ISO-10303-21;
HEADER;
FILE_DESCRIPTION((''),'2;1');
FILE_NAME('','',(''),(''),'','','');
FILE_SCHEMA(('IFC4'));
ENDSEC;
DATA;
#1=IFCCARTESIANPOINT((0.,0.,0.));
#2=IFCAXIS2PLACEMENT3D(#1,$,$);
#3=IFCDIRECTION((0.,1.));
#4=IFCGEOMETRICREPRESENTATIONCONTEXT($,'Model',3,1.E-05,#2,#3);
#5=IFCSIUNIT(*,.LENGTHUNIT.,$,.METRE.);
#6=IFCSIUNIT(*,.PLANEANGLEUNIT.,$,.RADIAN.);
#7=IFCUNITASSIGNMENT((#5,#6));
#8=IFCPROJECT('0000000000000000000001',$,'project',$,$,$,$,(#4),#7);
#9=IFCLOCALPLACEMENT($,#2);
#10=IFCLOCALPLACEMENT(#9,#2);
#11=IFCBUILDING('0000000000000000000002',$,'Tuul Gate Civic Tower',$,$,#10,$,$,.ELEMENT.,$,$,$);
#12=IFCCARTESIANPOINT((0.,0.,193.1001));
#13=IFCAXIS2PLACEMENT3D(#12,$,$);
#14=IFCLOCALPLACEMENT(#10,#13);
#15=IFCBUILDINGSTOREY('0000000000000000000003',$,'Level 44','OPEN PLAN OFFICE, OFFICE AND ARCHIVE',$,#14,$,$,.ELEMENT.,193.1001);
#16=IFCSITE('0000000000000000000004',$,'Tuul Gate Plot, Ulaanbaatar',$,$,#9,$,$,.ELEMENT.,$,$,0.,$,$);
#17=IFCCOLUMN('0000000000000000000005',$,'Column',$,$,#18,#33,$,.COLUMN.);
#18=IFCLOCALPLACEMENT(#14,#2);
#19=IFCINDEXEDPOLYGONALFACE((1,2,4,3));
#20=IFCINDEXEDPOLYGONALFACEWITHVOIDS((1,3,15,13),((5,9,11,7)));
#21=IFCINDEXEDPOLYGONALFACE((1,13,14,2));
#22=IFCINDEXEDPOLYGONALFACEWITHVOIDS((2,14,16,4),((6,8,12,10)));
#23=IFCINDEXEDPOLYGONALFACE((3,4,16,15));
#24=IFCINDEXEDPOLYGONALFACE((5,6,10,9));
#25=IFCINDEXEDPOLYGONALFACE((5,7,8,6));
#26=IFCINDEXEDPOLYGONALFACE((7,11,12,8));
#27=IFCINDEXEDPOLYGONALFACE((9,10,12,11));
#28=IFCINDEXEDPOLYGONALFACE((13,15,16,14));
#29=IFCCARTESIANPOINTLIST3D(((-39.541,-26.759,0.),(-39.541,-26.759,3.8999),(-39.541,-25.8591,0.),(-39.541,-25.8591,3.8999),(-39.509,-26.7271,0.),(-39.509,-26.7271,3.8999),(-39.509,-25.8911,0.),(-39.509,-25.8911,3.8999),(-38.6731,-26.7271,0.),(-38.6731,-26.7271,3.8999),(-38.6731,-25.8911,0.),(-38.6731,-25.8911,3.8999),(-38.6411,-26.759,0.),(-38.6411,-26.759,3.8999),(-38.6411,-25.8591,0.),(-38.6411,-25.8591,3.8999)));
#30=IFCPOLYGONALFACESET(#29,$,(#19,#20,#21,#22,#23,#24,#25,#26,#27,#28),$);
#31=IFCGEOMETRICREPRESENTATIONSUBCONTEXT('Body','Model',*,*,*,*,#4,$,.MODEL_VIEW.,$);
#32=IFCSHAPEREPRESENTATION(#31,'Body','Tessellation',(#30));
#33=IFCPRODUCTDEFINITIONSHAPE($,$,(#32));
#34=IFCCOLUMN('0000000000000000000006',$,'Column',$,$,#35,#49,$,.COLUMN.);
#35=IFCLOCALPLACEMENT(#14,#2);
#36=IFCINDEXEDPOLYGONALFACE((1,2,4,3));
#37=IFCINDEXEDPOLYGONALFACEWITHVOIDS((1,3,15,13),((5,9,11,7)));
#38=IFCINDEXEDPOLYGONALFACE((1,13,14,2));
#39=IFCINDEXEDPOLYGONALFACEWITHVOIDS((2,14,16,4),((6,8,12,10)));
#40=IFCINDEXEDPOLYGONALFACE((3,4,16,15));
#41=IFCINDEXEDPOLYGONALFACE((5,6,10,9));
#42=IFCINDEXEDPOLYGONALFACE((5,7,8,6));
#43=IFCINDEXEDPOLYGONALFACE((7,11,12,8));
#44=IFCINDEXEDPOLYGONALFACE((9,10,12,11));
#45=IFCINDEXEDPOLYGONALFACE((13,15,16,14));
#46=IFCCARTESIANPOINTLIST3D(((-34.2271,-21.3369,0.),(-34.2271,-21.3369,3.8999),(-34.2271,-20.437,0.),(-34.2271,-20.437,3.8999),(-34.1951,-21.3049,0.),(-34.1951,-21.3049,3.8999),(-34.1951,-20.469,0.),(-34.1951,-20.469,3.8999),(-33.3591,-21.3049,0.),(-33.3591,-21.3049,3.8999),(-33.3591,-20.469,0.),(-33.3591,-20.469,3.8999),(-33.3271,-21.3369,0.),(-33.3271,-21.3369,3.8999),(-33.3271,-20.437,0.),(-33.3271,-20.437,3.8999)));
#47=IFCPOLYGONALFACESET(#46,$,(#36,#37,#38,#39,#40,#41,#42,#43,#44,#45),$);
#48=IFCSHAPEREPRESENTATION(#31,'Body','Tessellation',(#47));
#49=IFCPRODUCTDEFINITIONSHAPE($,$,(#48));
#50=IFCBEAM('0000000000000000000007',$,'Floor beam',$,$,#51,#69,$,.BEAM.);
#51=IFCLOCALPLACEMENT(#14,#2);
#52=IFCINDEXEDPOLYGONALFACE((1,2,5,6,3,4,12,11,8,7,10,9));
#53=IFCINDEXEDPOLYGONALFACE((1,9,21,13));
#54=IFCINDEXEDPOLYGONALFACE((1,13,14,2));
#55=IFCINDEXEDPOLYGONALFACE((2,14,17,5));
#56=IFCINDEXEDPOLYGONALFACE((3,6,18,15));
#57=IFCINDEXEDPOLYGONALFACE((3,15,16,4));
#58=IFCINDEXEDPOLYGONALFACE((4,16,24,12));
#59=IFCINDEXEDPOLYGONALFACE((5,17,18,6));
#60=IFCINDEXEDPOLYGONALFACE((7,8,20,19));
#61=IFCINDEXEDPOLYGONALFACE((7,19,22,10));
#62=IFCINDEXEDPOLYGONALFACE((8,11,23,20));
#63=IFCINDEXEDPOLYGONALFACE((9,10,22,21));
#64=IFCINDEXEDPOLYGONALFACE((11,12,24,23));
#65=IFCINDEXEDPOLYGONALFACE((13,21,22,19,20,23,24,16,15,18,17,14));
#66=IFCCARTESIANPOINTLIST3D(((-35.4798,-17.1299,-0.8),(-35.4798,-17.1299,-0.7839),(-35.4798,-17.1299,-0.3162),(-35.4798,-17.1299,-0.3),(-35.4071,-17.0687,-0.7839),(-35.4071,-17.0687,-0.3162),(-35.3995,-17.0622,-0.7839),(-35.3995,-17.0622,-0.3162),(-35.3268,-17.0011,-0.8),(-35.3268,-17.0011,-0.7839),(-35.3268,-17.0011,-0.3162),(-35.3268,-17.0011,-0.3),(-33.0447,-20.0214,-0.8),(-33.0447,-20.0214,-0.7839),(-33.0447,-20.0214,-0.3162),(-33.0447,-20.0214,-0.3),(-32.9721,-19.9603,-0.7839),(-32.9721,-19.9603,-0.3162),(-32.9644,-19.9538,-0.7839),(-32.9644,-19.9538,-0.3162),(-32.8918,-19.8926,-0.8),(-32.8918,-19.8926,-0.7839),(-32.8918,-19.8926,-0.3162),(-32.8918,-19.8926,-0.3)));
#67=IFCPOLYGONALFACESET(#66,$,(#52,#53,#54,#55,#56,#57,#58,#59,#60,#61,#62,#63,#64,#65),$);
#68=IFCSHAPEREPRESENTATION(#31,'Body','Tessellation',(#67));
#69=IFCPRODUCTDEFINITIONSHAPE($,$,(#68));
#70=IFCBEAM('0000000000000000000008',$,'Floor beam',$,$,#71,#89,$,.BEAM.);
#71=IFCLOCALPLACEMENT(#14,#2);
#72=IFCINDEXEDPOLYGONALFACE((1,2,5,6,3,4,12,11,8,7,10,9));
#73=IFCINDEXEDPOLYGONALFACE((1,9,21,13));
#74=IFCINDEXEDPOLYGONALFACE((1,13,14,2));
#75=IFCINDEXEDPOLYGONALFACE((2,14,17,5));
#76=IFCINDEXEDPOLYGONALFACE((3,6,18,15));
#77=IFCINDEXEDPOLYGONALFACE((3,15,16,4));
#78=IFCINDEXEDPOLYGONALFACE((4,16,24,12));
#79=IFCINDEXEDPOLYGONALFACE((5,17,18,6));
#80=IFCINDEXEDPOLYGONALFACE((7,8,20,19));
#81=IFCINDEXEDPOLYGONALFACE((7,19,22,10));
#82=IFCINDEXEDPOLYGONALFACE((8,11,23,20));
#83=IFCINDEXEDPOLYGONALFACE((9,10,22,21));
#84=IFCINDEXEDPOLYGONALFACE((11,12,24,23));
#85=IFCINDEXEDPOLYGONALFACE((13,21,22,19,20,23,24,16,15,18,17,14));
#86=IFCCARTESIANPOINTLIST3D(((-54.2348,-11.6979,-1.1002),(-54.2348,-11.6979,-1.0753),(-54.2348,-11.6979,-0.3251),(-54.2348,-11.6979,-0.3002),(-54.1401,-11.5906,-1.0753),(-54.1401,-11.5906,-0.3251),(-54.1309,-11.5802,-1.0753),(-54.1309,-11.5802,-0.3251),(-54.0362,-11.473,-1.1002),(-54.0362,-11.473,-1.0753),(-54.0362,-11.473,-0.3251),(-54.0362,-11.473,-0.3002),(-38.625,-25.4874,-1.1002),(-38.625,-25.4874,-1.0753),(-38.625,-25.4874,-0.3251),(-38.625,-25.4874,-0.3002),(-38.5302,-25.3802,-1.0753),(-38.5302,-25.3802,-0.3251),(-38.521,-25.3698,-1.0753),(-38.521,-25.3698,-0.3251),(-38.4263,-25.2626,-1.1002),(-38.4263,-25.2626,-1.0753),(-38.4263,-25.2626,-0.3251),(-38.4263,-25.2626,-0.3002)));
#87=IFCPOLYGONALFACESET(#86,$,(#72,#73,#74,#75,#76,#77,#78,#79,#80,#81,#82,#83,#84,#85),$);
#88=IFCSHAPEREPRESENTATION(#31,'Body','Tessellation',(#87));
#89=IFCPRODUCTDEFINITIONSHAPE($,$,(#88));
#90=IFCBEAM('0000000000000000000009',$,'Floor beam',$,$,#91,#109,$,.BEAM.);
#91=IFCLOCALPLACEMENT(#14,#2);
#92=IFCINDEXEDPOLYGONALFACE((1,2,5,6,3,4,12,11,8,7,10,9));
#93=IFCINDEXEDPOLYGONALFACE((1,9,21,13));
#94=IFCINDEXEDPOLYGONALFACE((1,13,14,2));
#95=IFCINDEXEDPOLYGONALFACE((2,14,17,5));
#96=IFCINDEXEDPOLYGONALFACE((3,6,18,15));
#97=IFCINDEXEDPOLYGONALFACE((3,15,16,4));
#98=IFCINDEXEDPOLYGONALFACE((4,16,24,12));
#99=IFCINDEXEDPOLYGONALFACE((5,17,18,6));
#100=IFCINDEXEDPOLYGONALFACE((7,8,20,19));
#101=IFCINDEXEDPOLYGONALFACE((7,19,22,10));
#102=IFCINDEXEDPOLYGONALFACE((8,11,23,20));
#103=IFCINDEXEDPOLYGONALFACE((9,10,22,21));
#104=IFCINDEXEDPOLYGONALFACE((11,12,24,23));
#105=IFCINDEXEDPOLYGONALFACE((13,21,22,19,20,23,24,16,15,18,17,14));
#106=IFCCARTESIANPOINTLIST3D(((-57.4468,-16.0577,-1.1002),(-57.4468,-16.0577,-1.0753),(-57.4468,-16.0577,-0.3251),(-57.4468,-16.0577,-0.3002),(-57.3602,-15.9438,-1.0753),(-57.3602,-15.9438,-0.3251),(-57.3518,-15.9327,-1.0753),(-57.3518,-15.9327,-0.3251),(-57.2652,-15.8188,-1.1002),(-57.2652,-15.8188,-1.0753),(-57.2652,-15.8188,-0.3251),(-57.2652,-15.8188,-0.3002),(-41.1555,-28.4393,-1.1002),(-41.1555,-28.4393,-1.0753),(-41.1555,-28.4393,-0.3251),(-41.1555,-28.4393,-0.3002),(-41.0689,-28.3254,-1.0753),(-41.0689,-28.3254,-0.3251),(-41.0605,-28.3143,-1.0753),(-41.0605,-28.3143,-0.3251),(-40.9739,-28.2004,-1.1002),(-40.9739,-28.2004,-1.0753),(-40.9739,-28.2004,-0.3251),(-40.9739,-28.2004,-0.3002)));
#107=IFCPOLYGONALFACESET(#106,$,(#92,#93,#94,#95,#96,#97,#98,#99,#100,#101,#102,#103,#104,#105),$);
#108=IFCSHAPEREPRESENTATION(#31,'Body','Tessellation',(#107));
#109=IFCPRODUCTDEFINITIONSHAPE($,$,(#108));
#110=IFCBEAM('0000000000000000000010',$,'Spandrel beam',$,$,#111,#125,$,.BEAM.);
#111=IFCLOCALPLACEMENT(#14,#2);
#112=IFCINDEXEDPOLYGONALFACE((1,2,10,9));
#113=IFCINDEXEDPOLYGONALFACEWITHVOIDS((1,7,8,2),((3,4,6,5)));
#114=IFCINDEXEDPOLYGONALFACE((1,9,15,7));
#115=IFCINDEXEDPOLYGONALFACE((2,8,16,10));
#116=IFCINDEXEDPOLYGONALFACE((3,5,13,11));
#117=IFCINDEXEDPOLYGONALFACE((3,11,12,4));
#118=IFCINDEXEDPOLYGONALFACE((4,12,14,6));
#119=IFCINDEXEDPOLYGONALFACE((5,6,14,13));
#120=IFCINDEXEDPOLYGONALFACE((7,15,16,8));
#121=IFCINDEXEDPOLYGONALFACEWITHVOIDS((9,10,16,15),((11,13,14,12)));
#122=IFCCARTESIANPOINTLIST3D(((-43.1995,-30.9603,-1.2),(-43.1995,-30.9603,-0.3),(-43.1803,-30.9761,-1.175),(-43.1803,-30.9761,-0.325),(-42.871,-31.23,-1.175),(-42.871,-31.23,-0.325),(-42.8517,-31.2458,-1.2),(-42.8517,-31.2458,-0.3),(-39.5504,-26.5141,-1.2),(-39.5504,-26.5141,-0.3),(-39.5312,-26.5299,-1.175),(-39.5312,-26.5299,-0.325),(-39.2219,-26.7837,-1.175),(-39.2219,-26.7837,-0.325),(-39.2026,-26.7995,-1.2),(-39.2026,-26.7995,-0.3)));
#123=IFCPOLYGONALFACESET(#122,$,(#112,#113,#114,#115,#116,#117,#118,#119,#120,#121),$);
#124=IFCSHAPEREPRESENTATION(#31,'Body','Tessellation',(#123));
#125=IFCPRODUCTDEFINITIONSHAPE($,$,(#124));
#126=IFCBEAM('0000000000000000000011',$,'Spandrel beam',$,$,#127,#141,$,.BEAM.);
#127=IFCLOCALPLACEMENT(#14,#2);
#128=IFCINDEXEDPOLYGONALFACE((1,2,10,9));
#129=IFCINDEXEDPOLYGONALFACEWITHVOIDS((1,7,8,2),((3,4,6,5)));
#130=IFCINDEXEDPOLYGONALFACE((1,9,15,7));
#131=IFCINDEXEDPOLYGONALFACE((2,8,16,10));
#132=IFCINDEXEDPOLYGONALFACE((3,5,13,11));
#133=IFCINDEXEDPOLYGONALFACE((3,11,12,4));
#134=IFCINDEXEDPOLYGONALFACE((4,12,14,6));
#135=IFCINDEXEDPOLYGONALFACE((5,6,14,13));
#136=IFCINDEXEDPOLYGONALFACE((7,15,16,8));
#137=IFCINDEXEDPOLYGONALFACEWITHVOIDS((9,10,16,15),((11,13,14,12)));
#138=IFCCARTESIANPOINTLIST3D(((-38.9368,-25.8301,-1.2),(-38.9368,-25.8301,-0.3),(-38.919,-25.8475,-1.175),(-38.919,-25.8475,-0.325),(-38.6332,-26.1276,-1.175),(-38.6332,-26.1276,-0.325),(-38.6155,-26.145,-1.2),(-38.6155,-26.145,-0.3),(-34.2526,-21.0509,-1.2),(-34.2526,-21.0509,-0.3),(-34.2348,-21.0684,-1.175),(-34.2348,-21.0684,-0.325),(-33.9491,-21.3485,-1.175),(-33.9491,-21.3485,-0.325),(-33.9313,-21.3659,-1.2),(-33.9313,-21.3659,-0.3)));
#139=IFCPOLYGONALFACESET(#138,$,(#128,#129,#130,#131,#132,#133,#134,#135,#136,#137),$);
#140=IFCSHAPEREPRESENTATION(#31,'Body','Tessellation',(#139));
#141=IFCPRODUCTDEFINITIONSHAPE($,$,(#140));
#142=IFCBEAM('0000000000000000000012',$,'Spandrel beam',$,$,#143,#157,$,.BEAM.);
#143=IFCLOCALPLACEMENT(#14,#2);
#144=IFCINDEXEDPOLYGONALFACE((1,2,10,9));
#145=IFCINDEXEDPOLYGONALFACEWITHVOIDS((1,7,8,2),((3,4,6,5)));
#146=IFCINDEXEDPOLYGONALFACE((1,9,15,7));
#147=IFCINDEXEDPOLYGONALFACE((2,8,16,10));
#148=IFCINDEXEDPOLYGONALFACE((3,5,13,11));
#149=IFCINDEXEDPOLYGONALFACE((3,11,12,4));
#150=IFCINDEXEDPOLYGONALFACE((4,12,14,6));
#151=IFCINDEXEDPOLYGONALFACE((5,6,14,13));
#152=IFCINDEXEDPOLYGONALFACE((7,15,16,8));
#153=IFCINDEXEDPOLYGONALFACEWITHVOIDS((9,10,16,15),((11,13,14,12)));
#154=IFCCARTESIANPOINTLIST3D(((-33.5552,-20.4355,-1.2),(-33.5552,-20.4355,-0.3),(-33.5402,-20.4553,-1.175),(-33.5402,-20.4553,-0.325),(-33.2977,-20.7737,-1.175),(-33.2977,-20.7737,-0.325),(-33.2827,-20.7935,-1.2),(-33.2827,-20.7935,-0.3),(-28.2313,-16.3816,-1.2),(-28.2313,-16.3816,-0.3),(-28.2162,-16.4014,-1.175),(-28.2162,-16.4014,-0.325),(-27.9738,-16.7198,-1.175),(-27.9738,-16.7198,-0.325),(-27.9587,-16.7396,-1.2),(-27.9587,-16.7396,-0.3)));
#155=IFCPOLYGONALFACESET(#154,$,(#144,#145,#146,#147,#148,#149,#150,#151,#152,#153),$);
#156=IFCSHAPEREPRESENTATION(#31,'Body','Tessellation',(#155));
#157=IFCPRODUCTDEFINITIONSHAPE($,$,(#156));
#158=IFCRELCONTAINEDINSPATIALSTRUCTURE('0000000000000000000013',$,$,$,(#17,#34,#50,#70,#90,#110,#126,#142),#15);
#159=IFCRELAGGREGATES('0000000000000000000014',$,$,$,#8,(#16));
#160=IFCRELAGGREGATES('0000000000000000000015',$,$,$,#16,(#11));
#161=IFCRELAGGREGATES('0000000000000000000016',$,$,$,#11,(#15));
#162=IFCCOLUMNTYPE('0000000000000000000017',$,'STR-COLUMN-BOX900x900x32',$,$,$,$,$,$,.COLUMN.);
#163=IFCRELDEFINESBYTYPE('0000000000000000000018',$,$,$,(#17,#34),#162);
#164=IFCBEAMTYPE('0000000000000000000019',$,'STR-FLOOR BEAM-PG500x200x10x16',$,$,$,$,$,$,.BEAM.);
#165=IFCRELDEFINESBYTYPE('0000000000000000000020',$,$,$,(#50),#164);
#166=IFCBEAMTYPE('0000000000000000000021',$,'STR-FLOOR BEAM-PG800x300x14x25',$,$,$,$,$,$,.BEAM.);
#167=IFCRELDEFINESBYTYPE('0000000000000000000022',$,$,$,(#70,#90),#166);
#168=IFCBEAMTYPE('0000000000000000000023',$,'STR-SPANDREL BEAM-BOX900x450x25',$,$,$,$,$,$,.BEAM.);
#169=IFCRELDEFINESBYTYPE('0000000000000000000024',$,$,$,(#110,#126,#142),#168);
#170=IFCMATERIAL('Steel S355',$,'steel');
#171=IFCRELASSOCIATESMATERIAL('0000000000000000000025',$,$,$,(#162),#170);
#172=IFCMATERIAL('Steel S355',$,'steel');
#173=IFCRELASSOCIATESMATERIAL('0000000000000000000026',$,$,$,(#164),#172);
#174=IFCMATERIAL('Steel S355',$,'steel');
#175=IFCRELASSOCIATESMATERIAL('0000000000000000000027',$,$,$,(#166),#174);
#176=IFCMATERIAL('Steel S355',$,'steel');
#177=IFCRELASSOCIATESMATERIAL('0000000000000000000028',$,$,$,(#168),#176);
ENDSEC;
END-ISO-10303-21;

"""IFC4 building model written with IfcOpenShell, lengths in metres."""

from ifc_helpers import new_model, si_unit, direction, frame, origin, origin_2d, place, context, subcontext, project, spatial, hollow_rectangle, i_section, extrude, material, material_profile, profile_set, type_object, element, save


model = new_model("IFC4")

# Units and contexts
model_context = context("Model", 3, precision=1e-05, world=origin(), true_north=direction((0.0, 1.0)))
body_context = subcontext(model_context, "Body", "Model", "MODEL_VIEW")
ifc_project = project(units=[si_unit("LENGTHUNIT", "METRE"), si_unit("PLANEANGLEUNIT", "RADIAN")], contexts=[model_context])

# Site, building, storey
site_placement = place(None, origin())
site = spatial("IfcSite", under=ifc_project, at=site_placement, Name="Tuul Gate Plot, Ulaanbaatar", CompositionType="ELEMENT", RefElevation=0.0)
building_placement = place(site_placement, origin())
building = spatial("IfcBuilding", under=site, at=building_placement, Name="Tuul Gate Civic Tower", CompositionType="ELEMENT")
storey_placement = place(building_placement, frame((0.0, 0.0, 193.1001)))
storey = spatial("IfcBuildingStorey", under=building, at=storey_placement, Name="Level 44", Description="OPEN PLAN OFFICE, OFFICE AND ARCHIVE", CompositionType="ELEMENT", Elevation=193.1001)

# Columns
ifc_material_1 = material(Name="Steel S355", Category="steel")
ifc_material_profile_1 = material_profile(ifc_material_1, hollow_rectangle(XDim=0.8999, YDim=0.8999, WallThickness=0.032, at=origin_2d()), Name="BOX900x900x32")
ifc_profile_set_1 = profile_set([ifc_material_profile_1], Name="Steel S355")
column_type = type_object("IfcColumnType", Name="STR-COLUMN-BOX900x900x32", PredefinedType="COLUMN", material=ifc_profile_set_1)
for number, where, z_axis, x_axis, name in (
    (1, (-39.0911, -26.3091, 0.0), (0.0, 0.0, 1.0), (1.0, 0.0, 0.0), "Column"),
    (2, (-33.7771, -20.887, 0.0), (0.0, 0.0, 1.0), (1.0, 0.0, 0.0), "Column"),
):
    element("IfcColumn", number, at=place(storey_placement, frame(where, z_axis=z_axis, x_axis=x_axis)), inside=storey, type_object=column_type, Name=name, PredefinedType="COLUMN", context=body_context, shape_type="SweptSolid", body=[
        extrude(hollow_rectangle(XDim=0.8999, YDim=0.8999, WallThickness=0.032, at=origin_2d()), origin(), (0.0, 0.0, 1.0), 3.8999),
    ])

# Beams
ifc_material_2 = material(Name="Steel S355", Category="steel")
ifc_material_profile_2 = material_profile(ifc_material_2, i_section(OverallWidth=0.2, OverallDepth=0.5, WebThickness=0.01, FlangeThickness=0.0161, at=origin_2d()), Name="PG500x200x10x16")
ifc_profile_set_2 = profile_set([ifc_material_profile_2], Name="Steel S355")
beam_type_1 = type_object("IfcBeamType", Name="STR-FLOOR BEAM-PG500x200x10x16", PredefinedType="BEAM", material=ifc_profile_set_2)
beam_1_placement = place(storey_placement, frame((-32.9683, -19.957, -0.55), z_axis=(-0.64414, 0.764908, 0.0), x_axis=(-0.764908, -0.64414, 0.0)))
element("IfcBeam", 3, at=beam_1_placement, inside=storey, type_object=beam_type_1, Name="Floor beam", PredefinedType="BEAM", context=body_context, shape_type="SweptSolid", body=[
    extrude(i_section(OverallWidth=0.2, OverallDepth=0.5, WebThickness=0.01, FlangeThickness=0.0161, at=origin_2d()), origin(), (0.0, 0.0, 1.0), 3.7803),
])
ifc_material_3 = material(Name="Steel S355", Category="steel")
ifc_material_profile_3 = material_profile(ifc_material_3, i_section(OverallWidth=0.3, OverallDepth=0.8, WebThickness=0.0139, FlangeThickness=0.0249, at=origin_2d()), Name="PG800x300x14x25")
ifc_profile_set_3 = profile_set([ifc_material_profile_3], Name="Steel S355")
beam_type_2 = type_object("IfcBeamType", Name="STR-FLOOR BEAM-PG800x300x14x25", PredefinedType="BEAM", material=ifc_profile_set_3)
beam_2_placement = place(storey_placement, frame((-38.5256, -25.375, -0.7002), z_axis=(-0.749453, 0.662057, 0.0), x_axis=(-0.662057, -0.749453, 0.0)))
element("IfcBeam", 4, at=beam_2_placement, inside=storey, type_object=beam_type_2, Name="Floor beam", PredefinedType="BEAM", context=body_context, shape_type="SweptSolid", body=[
    extrude(i_section(OverallWidth=0.3, OverallDepth=0.8, WebThickness=0.0139, FlangeThickness=0.0249, at=origin_2d()), origin(), (0.0, 0.0, 1.0), 20.8284),
])
beam_3_placement = place(storey_placement, frame((-41.0647, -28.3198, -0.7002), z_axis=(-0.796157, 0.605091, 0.0), x_axis=(-0.605091, -0.796157, 0.0)))
element("IfcBeam", 5, at=beam_3_placement, inside=storey, type_object=beam_type_2, Name="Floor beam", PredefinedType="BEAM", context=body_context, shape_type="SweptSolid", body=[
    extrude(i_section(OverallWidth=0.3, OverallDepth=0.8, WebThickness=0.0139, FlangeThickness=0.0249, at=origin_2d()), origin(), (0.0, 0.0, 1.0), 20.4624),
])
ifc_material_4 = material(Name="Steel S355", Category="steel")
ifc_material_profile_4 = material_profile(ifc_material_4, hollow_rectangle(XDim=0.45, YDim=0.8999, WallThickness=0.0249, at=origin_2d()), Name="BOX900x450x25")
ifc_profile_set_4 = profile_set([ifc_material_profile_4], Name="Steel S355")
beam_type_3 = type_object("IfcBeamType", Name="STR-SPANDREL BEAM-BOX900x450x25", PredefinedType="BEAM", material=ifc_profile_set_4)
beam_4_placement = place(storey_placement, frame((-43.0256, -31.103, -0.75), z_axis=(0.634414, 0.772994, 0.0), x_axis=(-0.772994, 0.634414, 0.0)))
element("IfcBeam", 6, at=beam_4_placement, inside=storey, type_object=beam_type_3, Name="Spandrel beam", PredefinedType="BEAM", context=body_context, shape_type="SweptSolid", body=[
    extrude(hollow_rectangle(XDim=0.45, YDim=0.8999, WallThickness=0.0249, at=origin_2d()), origin(), (0.0, 0.0, 1.0), 5.752),
])
beam_5_placement = place(storey_placement, frame((-38.7761, -25.9875, -0.75), z_axis=(0.699975, 0.714167, 0.0), x_axis=(-0.714167, 0.699975, 0.0)))
element("IfcBeam", 7, at=beam_5_placement, inside=storey, type_object=beam_type_3, Name="Spandrel beam", PredefinedType="BEAM", context=body_context, shape_type="SweptSolid", body=[
    extrude(hollow_rectangle(XDim=0.45, YDim=0.8999, WallThickness=0.0249, at=origin_2d()), origin(), (0.0, 0.0, 1.0), 6.6919),
])
beam_6_placement = place(storey_placement, frame((-33.4189, -20.6145, -0.75), z_axis=(0.795605, 0.605816, 0.0), x_axis=(-0.605816, 0.795605, 0.0)))
element("IfcBeam", 8, at=beam_6_placement, inside=storey, type_object=beam_type_3, Name="Spandrel beam", PredefinedType="BEAM", context=body_context, shape_type="SweptSolid", body=[
    extrude(hollow_rectangle(XDim=0.45, YDim=0.8999, WallThickness=0.0249, at=origin_2d()), origin(), (0.0, 0.0, 1.0), 6.6917),
])

save(model, "model.ifc")
